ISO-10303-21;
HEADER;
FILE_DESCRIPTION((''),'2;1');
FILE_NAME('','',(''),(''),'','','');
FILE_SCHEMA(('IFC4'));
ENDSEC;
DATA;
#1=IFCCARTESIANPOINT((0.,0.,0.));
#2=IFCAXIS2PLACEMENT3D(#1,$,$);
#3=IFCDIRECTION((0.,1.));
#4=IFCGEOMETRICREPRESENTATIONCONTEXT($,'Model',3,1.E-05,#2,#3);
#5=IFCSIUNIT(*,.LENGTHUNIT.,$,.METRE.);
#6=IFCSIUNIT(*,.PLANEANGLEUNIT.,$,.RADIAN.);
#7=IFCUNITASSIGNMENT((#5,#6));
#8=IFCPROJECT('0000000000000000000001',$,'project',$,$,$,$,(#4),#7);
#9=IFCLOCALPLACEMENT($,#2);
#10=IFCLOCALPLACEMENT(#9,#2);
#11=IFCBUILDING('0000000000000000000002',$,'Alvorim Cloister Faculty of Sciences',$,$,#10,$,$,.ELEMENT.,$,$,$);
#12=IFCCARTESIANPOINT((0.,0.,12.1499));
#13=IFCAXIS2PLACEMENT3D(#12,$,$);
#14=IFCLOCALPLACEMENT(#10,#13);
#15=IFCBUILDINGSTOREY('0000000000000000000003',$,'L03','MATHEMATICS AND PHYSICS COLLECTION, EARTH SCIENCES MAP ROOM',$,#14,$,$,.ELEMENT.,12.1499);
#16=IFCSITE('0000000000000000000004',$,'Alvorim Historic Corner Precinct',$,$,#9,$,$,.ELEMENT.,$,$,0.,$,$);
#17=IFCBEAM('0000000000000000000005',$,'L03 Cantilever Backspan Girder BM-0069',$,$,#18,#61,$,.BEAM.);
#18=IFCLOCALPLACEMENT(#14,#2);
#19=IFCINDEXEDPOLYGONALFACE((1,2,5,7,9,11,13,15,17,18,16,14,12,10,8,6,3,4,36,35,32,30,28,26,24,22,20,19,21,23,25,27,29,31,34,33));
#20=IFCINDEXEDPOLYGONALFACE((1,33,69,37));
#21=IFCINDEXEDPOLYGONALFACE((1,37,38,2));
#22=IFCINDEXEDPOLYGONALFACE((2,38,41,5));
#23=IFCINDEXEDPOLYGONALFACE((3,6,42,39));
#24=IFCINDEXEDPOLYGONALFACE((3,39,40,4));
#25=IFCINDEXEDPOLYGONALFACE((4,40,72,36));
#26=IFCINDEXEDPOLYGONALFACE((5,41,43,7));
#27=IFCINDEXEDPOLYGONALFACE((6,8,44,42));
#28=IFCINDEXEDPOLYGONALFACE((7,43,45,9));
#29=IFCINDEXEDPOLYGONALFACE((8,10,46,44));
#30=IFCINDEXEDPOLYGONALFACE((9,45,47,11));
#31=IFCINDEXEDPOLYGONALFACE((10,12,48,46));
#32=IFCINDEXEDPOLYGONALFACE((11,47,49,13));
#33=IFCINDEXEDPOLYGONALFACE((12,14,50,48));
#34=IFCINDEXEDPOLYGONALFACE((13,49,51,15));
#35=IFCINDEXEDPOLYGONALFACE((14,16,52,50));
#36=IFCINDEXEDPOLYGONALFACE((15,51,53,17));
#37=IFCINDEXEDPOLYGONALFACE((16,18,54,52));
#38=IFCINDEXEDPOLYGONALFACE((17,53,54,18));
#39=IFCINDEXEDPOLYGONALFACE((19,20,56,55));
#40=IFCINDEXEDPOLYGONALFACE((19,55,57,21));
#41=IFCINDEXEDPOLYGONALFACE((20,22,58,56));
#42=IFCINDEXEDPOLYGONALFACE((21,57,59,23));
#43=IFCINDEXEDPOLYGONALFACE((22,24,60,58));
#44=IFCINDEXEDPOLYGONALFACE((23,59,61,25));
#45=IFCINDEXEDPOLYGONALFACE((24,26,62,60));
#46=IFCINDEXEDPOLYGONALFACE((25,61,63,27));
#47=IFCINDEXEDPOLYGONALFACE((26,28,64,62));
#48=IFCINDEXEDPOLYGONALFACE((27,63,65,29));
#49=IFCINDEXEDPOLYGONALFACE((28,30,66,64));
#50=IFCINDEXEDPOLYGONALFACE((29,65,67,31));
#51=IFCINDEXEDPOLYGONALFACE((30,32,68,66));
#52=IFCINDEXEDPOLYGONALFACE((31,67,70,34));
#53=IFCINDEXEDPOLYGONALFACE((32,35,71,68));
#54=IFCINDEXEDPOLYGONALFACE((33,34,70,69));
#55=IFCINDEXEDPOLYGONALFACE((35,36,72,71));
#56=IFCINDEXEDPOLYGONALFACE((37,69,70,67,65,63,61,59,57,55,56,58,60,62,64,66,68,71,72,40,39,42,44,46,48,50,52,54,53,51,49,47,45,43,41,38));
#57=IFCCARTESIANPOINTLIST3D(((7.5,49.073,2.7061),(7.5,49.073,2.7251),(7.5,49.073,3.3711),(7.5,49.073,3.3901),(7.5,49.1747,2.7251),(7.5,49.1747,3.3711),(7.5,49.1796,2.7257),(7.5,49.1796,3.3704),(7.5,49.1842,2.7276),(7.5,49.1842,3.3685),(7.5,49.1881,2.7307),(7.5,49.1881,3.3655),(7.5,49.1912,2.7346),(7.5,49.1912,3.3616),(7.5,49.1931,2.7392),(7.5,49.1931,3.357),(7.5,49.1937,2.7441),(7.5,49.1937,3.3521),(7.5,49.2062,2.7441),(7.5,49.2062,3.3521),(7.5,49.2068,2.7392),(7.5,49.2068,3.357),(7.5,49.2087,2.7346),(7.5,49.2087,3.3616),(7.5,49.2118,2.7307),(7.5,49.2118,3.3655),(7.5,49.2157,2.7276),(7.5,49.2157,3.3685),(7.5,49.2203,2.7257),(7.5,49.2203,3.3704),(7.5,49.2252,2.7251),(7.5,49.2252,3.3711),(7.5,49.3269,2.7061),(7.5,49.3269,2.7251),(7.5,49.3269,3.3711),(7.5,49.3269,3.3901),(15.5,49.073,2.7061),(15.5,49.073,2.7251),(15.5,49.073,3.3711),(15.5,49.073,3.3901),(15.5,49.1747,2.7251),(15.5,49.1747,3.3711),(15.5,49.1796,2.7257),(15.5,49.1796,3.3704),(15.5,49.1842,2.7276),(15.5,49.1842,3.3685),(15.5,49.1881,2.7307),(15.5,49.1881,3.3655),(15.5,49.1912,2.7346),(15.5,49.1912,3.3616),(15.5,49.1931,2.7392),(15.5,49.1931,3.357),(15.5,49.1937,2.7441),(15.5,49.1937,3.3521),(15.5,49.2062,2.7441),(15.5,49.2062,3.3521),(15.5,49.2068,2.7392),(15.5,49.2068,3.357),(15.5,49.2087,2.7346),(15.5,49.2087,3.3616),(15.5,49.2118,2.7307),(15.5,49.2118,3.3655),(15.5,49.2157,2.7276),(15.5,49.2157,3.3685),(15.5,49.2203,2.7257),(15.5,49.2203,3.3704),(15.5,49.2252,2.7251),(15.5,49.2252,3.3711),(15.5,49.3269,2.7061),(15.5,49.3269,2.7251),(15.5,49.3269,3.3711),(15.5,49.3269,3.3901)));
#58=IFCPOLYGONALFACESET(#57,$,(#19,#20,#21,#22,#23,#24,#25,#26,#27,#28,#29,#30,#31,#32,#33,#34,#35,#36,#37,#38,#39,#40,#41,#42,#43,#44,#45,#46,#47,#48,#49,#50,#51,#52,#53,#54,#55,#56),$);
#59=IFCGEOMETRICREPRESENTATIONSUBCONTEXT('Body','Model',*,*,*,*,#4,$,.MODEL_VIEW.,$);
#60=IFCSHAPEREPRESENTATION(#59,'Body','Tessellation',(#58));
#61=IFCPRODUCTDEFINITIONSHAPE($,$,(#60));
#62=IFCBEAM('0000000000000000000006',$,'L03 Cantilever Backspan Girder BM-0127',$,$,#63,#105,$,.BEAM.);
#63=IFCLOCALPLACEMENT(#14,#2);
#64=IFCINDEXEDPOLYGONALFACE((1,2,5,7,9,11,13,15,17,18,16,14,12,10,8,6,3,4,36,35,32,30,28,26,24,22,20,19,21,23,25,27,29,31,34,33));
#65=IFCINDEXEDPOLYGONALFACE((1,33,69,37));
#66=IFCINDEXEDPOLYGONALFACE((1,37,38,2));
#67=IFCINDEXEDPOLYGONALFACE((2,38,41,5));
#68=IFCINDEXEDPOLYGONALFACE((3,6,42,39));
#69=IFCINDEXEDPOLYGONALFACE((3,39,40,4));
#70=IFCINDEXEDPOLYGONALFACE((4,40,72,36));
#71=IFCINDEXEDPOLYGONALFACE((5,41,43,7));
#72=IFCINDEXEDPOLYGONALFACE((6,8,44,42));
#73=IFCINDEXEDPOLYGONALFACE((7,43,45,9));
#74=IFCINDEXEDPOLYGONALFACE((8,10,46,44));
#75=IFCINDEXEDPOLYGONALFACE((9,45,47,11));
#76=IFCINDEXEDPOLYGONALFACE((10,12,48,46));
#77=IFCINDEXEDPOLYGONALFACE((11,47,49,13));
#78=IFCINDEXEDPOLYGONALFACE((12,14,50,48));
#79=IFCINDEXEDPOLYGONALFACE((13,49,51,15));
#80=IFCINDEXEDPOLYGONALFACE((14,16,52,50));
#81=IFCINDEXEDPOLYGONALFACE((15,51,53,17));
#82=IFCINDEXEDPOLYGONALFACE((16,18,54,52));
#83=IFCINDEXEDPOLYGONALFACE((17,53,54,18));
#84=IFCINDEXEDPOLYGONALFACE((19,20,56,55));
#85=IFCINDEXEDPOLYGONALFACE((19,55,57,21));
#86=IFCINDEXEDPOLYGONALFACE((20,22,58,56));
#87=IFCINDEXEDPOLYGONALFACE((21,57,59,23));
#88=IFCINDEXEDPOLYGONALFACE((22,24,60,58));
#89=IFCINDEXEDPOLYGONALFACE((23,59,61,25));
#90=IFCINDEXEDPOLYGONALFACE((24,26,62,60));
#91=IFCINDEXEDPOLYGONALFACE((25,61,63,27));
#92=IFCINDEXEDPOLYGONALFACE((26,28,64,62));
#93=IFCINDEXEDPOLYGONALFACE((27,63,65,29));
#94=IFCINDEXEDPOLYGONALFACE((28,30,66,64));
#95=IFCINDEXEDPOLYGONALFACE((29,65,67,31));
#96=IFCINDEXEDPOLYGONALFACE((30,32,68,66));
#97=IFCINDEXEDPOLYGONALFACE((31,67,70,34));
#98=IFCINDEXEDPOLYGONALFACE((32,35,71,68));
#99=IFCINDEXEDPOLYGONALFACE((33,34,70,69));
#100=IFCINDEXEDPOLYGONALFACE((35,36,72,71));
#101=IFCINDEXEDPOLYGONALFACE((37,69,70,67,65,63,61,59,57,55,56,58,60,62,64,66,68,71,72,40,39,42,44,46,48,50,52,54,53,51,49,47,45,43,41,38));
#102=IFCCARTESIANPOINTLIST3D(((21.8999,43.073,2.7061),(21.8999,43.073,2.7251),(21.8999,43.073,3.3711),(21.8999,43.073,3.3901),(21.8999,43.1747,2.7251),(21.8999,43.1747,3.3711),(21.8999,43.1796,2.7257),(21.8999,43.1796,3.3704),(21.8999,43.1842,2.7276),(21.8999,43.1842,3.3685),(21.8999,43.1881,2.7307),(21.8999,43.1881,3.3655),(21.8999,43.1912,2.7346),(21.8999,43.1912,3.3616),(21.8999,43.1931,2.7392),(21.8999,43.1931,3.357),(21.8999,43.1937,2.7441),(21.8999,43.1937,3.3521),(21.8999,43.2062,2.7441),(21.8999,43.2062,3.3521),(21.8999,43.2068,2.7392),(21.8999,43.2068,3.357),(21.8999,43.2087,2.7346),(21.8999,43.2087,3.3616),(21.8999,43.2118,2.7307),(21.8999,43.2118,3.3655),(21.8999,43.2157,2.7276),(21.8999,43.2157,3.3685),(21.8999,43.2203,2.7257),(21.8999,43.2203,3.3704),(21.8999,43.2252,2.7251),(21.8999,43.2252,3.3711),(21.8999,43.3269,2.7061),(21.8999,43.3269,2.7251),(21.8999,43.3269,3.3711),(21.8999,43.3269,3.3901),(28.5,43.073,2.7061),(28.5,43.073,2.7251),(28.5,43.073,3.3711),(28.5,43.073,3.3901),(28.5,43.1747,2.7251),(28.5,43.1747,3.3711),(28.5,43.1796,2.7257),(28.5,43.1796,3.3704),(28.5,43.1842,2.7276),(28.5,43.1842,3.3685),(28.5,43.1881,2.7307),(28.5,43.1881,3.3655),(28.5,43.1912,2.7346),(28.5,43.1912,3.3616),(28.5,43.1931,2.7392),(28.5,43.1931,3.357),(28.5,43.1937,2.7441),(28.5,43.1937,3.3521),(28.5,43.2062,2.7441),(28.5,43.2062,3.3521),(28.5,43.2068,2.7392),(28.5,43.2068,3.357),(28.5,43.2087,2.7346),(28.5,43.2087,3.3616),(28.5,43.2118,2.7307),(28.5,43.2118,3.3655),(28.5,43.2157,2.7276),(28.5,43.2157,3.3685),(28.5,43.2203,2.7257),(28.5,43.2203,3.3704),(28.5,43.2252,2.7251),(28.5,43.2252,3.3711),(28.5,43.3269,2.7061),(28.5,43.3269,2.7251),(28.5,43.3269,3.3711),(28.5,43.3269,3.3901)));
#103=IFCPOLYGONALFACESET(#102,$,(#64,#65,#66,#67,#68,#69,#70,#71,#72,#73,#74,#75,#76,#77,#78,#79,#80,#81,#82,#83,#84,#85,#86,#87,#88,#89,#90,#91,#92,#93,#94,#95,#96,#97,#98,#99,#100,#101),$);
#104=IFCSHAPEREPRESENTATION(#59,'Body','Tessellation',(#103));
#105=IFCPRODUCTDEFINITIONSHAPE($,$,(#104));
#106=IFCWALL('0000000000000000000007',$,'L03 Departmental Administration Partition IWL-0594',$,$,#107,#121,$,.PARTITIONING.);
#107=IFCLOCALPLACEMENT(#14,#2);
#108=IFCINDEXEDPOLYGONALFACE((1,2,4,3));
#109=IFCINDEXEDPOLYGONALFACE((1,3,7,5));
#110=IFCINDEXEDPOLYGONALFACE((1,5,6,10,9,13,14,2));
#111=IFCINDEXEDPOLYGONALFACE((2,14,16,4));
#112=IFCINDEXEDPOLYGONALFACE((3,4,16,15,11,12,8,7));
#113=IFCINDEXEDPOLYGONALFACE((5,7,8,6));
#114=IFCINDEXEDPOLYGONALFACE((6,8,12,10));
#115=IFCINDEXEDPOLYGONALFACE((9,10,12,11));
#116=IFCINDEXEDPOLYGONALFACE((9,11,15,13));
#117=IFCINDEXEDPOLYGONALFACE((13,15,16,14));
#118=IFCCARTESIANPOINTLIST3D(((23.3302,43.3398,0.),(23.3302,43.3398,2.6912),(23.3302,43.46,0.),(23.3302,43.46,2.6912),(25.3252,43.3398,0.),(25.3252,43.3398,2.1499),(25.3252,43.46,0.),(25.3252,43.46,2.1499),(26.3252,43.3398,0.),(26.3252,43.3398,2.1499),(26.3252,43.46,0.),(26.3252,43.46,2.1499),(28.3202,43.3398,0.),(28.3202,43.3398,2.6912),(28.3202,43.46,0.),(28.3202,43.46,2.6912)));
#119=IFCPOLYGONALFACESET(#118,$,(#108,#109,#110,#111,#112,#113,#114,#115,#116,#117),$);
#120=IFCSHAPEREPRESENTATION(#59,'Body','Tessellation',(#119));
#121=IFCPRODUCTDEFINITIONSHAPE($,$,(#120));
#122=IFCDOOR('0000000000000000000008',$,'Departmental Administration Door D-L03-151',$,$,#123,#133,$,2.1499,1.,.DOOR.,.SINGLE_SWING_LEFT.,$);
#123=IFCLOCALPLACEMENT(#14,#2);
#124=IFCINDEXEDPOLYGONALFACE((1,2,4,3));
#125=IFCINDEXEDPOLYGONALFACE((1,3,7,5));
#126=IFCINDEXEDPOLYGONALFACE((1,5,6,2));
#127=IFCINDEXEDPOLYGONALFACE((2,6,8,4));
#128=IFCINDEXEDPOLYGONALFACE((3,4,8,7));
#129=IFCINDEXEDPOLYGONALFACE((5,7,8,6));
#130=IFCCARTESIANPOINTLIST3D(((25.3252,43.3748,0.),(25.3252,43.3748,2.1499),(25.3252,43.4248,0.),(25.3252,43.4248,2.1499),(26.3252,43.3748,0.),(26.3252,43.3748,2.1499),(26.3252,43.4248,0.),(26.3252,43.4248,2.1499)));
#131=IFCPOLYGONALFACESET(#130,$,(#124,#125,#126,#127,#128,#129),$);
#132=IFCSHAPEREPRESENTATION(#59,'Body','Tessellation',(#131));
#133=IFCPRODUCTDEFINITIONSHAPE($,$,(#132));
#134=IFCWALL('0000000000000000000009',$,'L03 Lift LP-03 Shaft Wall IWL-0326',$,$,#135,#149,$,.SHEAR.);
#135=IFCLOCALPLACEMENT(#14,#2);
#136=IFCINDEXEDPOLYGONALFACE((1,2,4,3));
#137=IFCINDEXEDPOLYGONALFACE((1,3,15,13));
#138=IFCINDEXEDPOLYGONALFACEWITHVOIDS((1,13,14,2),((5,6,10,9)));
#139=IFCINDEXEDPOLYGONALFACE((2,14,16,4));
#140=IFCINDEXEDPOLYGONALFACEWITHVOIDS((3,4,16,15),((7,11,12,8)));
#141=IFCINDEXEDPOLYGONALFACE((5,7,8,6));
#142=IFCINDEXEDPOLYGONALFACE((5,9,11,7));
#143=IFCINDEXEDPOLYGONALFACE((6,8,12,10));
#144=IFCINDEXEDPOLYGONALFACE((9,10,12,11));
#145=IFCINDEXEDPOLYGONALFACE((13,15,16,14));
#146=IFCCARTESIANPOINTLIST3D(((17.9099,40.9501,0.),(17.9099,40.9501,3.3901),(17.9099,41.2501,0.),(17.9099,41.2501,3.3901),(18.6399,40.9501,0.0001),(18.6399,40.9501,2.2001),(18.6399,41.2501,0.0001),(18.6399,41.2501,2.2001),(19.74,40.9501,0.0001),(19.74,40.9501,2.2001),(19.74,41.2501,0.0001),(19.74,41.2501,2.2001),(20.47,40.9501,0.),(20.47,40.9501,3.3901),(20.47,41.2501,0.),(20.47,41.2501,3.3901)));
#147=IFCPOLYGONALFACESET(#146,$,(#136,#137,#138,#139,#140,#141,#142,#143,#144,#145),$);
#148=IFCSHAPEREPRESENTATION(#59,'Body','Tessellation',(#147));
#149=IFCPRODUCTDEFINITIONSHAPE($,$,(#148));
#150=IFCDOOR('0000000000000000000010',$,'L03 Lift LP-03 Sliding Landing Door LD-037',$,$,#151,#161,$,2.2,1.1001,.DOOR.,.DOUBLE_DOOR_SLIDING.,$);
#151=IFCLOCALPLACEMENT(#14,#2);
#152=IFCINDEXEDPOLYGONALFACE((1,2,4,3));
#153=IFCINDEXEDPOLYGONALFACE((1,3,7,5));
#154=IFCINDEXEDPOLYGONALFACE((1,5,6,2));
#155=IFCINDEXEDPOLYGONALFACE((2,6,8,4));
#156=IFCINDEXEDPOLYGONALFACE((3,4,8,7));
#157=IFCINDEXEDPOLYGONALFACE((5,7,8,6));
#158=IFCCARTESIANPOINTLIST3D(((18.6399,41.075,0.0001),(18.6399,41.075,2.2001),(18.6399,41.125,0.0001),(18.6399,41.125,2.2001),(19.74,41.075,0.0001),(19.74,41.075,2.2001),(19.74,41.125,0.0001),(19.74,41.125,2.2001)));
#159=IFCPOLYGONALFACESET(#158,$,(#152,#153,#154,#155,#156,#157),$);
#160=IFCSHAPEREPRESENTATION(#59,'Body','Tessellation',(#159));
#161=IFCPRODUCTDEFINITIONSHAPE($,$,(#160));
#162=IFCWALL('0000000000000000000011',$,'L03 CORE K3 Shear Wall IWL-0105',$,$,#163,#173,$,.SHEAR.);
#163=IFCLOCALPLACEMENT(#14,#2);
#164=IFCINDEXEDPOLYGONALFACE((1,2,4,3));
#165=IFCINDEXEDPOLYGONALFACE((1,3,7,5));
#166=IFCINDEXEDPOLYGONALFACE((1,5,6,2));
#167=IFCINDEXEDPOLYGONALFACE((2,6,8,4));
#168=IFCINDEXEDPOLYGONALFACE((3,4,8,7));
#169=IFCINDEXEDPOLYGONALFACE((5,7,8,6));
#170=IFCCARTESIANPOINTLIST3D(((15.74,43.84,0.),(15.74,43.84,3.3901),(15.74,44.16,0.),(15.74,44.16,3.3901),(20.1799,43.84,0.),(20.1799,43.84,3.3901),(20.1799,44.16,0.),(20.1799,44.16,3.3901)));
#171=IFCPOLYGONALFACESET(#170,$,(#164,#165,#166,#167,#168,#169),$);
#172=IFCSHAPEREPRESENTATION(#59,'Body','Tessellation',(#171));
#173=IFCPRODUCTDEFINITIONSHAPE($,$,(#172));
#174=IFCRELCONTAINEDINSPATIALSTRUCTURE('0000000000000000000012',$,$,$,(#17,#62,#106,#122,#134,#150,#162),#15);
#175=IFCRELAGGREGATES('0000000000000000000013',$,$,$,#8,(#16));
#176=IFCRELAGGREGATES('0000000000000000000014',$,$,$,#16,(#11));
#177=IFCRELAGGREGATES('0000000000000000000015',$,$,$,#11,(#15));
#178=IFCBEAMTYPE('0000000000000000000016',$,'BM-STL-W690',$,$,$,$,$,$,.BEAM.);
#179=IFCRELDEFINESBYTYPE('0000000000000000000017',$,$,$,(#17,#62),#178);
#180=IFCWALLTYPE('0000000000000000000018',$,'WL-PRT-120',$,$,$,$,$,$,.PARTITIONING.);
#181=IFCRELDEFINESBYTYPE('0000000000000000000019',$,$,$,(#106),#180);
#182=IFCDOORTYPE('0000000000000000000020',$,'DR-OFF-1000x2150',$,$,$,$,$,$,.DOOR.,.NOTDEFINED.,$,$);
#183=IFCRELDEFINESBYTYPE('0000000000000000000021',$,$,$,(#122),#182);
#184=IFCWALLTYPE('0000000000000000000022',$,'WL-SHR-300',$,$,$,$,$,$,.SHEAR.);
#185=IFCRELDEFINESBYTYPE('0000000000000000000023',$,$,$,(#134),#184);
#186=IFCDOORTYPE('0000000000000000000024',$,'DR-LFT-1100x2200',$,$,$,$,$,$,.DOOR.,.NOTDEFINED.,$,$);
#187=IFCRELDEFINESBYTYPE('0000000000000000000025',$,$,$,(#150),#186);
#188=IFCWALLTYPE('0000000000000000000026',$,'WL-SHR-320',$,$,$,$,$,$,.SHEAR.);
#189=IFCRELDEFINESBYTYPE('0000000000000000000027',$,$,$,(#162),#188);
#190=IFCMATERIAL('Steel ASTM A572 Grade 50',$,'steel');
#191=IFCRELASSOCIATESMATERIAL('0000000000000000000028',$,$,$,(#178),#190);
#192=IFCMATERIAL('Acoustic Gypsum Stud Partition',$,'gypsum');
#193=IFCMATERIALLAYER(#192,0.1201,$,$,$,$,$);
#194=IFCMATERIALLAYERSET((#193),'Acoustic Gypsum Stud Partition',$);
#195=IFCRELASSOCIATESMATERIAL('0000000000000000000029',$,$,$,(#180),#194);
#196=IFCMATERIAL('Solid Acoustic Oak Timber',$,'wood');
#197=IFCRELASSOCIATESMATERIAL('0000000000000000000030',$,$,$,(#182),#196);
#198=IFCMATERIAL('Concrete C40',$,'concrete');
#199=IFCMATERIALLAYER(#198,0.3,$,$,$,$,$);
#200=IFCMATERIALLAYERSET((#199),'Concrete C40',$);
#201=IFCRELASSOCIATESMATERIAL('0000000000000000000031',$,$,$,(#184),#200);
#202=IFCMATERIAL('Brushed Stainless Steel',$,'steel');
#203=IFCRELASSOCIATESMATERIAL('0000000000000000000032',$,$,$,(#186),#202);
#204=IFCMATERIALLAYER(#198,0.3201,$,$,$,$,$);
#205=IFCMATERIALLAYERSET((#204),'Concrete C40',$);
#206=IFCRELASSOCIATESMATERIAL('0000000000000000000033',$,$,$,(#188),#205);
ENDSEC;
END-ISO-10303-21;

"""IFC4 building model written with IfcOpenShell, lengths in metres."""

from ifc_helpers import new_model, si_unit, direction, frame, frame_2d, origin, origin_2d, place, context, subcontext, project, spatial, rectangle, i_section, extrude, material, layer, layer_set, material_profile, profile_set, type_object, element, fill, save


model = new_model("IFC4")

# Units and contexts
model_context = context("Model", 3, precision=1e-05, world=origin(), true_north=direction((0.0, 1.0)))
body_context = subcontext(model_context, "Body", "Model", "MODEL_VIEW")
ifc_project = project(units=[si_unit("LENGTHUNIT", "METRE"), si_unit("PLANEANGLEUNIT", "RADIAN")], contexts=[model_context])

# Site, building, storey
site_placement = place(None, origin())
site = spatial("IfcSite", under=ifc_project, at=site_placement, Name="Alvorim Historic Corner Precinct", CompositionType="ELEMENT", RefElevation=0.0)
building_placement = place(site_placement, origin())
building = spatial("IfcBuilding", under=site, at=building_placement, Name="Alvorim Cloister Faculty of Sciences", CompositionType="ELEMENT")
storey_placement = place(building_placement, frame((0.0, 0.0, 12.1499)))
storey = spatial("IfcBuildingStorey", under=building, at=storey_placement, Name="L03", Description="MATHEMATICS AND PHYSICS COLLECTION, EARTH SCIENCES MAP ROOM", CompositionType="ELEMENT", Elevation=12.1499)

# Beams
ifc_material_1 = material(Name="Steel ASTM A572 Grade 50", Category="steel")
ifc_material_profile_1 = material_profile(ifc_material_1, i_section(OverallWidth=0.2539, OverallDepth=0.6841, WebThickness=0.0125, FlangeThickness=0.019, FilletRadius=0.019, at=origin_2d()), Name="W690x140.0")
ifc_profile_set_1 = profile_set([ifc_material_profile_1], Name="Steel ASTM A572 Grade 50")
beam_type_1 = type_object("IfcBeamType", Name="BM-STL-W690", PredefinedType="BEAM", material=ifc_profile_set_1)
beam_1_placement = place(storey_placement, frame((7.5, 49.2, 3.0481), z_axis=(1.0, 0.0, 0.0), x_axis=(0.0, 1.0, 0.0)))
element("IfcBeam", 1, at=beam_1_placement, inside=storey, type_object=beam_type_1, Name="L03 Cantilever Backspan Girder BM-0069", PredefinedType="BEAM", context=body_context, shape_type="SweptSolid", body=[
    extrude(i_section(OverallWidth=0.2539, OverallDepth=0.6841, WebThickness=0.0125, FlangeThickness=0.019, FilletRadius=0.019, at=origin_2d()), origin(), (0.0, 0.0, 1.0), 8.0),
])
beam_2_placement = place(storey_placement, frame((21.8999, 43.2, 3.0481), z_axis=(1.0, 0.0, 0.0), x_axis=(0.0, 1.0, 0.0)))
element("IfcBeam", 2, at=beam_2_placement, inside=storey, type_object=beam_type_1, Name="L03 Cantilever Backspan Girder BM-0127", PredefinedType="BEAM", context=body_context, shape_type="SweptSolid", body=[
    extrude(i_section(OverallWidth=0.2539, OverallDepth=0.6841, WebThickness=0.0125, FlangeThickness=0.019, FilletRadius=0.019, at=origin_2d()), origin(), (0.0, 0.0, 1.0), 6.6001),
])

# Walls, openings, doors
ifc_material_2 = material(Name="Acoustic Gypsum Stud Partition", Category="gypsum")
ifc_layer_1 = layer(ifc_material_2, 0.1201)
ifc_layer_set_1 = layer_set([ifc_layer_1], Name="Acoustic Gypsum Stud Partition")
wall_type_1 = type_object("IfcWallType", Name="WL-PRT-120", PredefinedType="PARTITIONING", material=ifc_layer_set_1)
wall_1_placement = place(storey_placement, frame((23.3301, 43.3999, 0.0), z_axis=(0.0, 0.0, 1.0), x_axis=(1.0, 0.0, 0.0)))
wall_1 = element("IfcWall", 3, at=wall_1_placement, inside=storey, type_object=wall_type_1, Name="L03 Departmental Administration Partition IWL-0594", PredefinedType="PARTITIONING", context=body_context, shape_type="SweptSolid", body=[
    extrude(rectangle(XDim=4.99, YDim=0.1201, at=frame_2d((2.4951, 0.0))), origin(), (0.0, 0.0, 1.0), 2.6912),
])
opening_1_placement = place(wall_1_placement, frame((1.9951, 0.0, 0.0)))
opening_1 = element("IfcOpeningElement", 4, at=opening_1_placement, cuts=wall_1, PredefinedType="OPENING", context=body_context, shape_type="SweptSolid", body=[
    extrude(rectangle(XDim=1.0, YDim=2.1499, at=frame_2d((0.5, 1.075))), frame((0.0, 0.072, 0.0), z_axis=(0.0, -1.0, 0.0), x_axis=(1.0, 0.0, 0.0)), (0.0, 0.0, 1.0), 0.144),
])
ifc_material_3 = material(Name="Solid Acoustic Oak Timber", Category="wood")
door_type_1 = type_object("IfcDoorType", Name="DR-OFF-1000x2150", OperationType="NOTDEFINED", PredefinedType="DOOR", material=ifc_material_3)
door_1_placement = place(opening_1_placement, origin())
door_1 = element("IfcDoor", 5, at=door_1_placement, inside=storey, type_object=door_type_1, Name="Departmental Administration Door D-L03-151", OperationType="SINGLE_SWING_LEFT", OverallHeight=2.1499, OverallWidth=1.0, PredefinedType="DOOR", context=body_context, shape_type="SweptSolid", body=[
    extrude(rectangle(XDim=1.0, YDim=2.1499, at=frame_2d((0.5, 1.075))), frame((0.0, 0.0249, 0.0), z_axis=(0.0, -1.0, 0.0), x_axis=(1.0, 0.0, 0.0)), (0.0, 0.0, 1.0), 0.05),
])
fill(opening_1, door_1)
ifc_material_4 = material(Name="Concrete C40", Category="concrete")
ifc_layer_2 = layer(ifc_material_4, 0.3)
ifc_layer_set_2 = layer_set([ifc_layer_2], Name="Concrete C40")
wall_type_2 = type_object("IfcWallType", Name="WL-SHR-300", PredefinedType="SHEAR", material=ifc_layer_set_2)
wall_2_placement = place(storey_placement, frame((17.9099, 41.1001, 0.0), z_axis=(0.0, 0.0, 1.0), x_axis=(1.0, 0.0, 0.0)))
wall_2 = element("IfcWall", 6, at=wall_2_placement, inside=storey, type_object=wall_type_2, Name="L03 Lift LP-03 Shaft Wall IWL-0326", PredefinedType="SHEAR", context=body_context, shape_type="SweptSolid", body=[
    extrude(rectangle(XDim=2.5601, YDim=0.3, at=frame_2d((1.28, 0.0))), origin(), (0.0, 0.0, 1.0), 3.3901),
])
opening_2_placement = place(wall_2_placement, frame((0.73, 0.0, 0.0)))
opening_2 = element("IfcOpeningElement", 7, at=opening_2_placement, cuts=wall_2, PredefinedType="OPENING", context=body_context, shape_type="SweptSolid", body=[
    extrude(rectangle(XDim=1.1001, YDim=2.2, at=frame_2d((0.55, 1.1001))), frame((0.0, 0.1621, 0.0), z_axis=(0.0, -1.0, 0.0), x_axis=(1.0, 0.0, 0.0)), (0.0, 0.0, 1.0), 0.324),
])
ifc_material_5 = material(Name="Brushed Stainless Steel", Category="steel")
door_type_2 = type_object("IfcDoorType", Name="DR-LFT-1100x2200", OperationType="NOTDEFINED", PredefinedType="DOOR", material=ifc_material_5)
door_2_placement = place(opening_2_placement, origin())
door_2 = element("IfcDoor", 8, at=door_2_placement, inside=storey, type_object=door_type_2, Name="L03 Lift LP-03 Sliding Landing Door LD-037", OperationType="DOUBLE_DOOR_SLIDING", OverallHeight=2.2, OverallWidth=1.1001, PredefinedType="DOOR", context=body_context, shape_type="SweptSolid", body=[
    extrude(rectangle(XDim=1.1001, YDim=2.2, at=frame_2d((0.55, 1.1001))), frame((0.0, 0.0249, 0.0), z_axis=(0.0, -1.0, 0.0), x_axis=(1.0, 0.0, 0.0)), (0.0, 0.0, 1.0), 0.05),
])
fill(opening_2, door_2)

# Wall
ifc_layer_3 = layer(ifc_material_4, 0.3201)
ifc_layer_set_3 = layer_set([ifc_layer_3], Name="Concrete C40")
wall_type_3 = type_object("IfcWallType", Name="WL-SHR-320", PredefinedType="SHEAR", material=ifc_layer_set_3)
wall_3_placement = place(storey_placement, frame((15.74, 44.0, 0.0), z_axis=(0.0, 0.0, 1.0), x_axis=(1.0, 0.0, 0.0)))
element("IfcWall", 9, at=wall_3_placement, inside=storey, type_object=wall_type_3, Name="L03 CORE K3 Shear Wall IWL-0105", PredefinedType="SHEAR", context=body_context, shape_type="SweptSolid", body=[
    extrude(rectangle(XDim=4.4399, YDim=0.3201, at=frame_2d((2.22, 0.0))), origin(), (0.0, 0.0, 1.0), 3.3901),
])

save(model, "model.ifc")
